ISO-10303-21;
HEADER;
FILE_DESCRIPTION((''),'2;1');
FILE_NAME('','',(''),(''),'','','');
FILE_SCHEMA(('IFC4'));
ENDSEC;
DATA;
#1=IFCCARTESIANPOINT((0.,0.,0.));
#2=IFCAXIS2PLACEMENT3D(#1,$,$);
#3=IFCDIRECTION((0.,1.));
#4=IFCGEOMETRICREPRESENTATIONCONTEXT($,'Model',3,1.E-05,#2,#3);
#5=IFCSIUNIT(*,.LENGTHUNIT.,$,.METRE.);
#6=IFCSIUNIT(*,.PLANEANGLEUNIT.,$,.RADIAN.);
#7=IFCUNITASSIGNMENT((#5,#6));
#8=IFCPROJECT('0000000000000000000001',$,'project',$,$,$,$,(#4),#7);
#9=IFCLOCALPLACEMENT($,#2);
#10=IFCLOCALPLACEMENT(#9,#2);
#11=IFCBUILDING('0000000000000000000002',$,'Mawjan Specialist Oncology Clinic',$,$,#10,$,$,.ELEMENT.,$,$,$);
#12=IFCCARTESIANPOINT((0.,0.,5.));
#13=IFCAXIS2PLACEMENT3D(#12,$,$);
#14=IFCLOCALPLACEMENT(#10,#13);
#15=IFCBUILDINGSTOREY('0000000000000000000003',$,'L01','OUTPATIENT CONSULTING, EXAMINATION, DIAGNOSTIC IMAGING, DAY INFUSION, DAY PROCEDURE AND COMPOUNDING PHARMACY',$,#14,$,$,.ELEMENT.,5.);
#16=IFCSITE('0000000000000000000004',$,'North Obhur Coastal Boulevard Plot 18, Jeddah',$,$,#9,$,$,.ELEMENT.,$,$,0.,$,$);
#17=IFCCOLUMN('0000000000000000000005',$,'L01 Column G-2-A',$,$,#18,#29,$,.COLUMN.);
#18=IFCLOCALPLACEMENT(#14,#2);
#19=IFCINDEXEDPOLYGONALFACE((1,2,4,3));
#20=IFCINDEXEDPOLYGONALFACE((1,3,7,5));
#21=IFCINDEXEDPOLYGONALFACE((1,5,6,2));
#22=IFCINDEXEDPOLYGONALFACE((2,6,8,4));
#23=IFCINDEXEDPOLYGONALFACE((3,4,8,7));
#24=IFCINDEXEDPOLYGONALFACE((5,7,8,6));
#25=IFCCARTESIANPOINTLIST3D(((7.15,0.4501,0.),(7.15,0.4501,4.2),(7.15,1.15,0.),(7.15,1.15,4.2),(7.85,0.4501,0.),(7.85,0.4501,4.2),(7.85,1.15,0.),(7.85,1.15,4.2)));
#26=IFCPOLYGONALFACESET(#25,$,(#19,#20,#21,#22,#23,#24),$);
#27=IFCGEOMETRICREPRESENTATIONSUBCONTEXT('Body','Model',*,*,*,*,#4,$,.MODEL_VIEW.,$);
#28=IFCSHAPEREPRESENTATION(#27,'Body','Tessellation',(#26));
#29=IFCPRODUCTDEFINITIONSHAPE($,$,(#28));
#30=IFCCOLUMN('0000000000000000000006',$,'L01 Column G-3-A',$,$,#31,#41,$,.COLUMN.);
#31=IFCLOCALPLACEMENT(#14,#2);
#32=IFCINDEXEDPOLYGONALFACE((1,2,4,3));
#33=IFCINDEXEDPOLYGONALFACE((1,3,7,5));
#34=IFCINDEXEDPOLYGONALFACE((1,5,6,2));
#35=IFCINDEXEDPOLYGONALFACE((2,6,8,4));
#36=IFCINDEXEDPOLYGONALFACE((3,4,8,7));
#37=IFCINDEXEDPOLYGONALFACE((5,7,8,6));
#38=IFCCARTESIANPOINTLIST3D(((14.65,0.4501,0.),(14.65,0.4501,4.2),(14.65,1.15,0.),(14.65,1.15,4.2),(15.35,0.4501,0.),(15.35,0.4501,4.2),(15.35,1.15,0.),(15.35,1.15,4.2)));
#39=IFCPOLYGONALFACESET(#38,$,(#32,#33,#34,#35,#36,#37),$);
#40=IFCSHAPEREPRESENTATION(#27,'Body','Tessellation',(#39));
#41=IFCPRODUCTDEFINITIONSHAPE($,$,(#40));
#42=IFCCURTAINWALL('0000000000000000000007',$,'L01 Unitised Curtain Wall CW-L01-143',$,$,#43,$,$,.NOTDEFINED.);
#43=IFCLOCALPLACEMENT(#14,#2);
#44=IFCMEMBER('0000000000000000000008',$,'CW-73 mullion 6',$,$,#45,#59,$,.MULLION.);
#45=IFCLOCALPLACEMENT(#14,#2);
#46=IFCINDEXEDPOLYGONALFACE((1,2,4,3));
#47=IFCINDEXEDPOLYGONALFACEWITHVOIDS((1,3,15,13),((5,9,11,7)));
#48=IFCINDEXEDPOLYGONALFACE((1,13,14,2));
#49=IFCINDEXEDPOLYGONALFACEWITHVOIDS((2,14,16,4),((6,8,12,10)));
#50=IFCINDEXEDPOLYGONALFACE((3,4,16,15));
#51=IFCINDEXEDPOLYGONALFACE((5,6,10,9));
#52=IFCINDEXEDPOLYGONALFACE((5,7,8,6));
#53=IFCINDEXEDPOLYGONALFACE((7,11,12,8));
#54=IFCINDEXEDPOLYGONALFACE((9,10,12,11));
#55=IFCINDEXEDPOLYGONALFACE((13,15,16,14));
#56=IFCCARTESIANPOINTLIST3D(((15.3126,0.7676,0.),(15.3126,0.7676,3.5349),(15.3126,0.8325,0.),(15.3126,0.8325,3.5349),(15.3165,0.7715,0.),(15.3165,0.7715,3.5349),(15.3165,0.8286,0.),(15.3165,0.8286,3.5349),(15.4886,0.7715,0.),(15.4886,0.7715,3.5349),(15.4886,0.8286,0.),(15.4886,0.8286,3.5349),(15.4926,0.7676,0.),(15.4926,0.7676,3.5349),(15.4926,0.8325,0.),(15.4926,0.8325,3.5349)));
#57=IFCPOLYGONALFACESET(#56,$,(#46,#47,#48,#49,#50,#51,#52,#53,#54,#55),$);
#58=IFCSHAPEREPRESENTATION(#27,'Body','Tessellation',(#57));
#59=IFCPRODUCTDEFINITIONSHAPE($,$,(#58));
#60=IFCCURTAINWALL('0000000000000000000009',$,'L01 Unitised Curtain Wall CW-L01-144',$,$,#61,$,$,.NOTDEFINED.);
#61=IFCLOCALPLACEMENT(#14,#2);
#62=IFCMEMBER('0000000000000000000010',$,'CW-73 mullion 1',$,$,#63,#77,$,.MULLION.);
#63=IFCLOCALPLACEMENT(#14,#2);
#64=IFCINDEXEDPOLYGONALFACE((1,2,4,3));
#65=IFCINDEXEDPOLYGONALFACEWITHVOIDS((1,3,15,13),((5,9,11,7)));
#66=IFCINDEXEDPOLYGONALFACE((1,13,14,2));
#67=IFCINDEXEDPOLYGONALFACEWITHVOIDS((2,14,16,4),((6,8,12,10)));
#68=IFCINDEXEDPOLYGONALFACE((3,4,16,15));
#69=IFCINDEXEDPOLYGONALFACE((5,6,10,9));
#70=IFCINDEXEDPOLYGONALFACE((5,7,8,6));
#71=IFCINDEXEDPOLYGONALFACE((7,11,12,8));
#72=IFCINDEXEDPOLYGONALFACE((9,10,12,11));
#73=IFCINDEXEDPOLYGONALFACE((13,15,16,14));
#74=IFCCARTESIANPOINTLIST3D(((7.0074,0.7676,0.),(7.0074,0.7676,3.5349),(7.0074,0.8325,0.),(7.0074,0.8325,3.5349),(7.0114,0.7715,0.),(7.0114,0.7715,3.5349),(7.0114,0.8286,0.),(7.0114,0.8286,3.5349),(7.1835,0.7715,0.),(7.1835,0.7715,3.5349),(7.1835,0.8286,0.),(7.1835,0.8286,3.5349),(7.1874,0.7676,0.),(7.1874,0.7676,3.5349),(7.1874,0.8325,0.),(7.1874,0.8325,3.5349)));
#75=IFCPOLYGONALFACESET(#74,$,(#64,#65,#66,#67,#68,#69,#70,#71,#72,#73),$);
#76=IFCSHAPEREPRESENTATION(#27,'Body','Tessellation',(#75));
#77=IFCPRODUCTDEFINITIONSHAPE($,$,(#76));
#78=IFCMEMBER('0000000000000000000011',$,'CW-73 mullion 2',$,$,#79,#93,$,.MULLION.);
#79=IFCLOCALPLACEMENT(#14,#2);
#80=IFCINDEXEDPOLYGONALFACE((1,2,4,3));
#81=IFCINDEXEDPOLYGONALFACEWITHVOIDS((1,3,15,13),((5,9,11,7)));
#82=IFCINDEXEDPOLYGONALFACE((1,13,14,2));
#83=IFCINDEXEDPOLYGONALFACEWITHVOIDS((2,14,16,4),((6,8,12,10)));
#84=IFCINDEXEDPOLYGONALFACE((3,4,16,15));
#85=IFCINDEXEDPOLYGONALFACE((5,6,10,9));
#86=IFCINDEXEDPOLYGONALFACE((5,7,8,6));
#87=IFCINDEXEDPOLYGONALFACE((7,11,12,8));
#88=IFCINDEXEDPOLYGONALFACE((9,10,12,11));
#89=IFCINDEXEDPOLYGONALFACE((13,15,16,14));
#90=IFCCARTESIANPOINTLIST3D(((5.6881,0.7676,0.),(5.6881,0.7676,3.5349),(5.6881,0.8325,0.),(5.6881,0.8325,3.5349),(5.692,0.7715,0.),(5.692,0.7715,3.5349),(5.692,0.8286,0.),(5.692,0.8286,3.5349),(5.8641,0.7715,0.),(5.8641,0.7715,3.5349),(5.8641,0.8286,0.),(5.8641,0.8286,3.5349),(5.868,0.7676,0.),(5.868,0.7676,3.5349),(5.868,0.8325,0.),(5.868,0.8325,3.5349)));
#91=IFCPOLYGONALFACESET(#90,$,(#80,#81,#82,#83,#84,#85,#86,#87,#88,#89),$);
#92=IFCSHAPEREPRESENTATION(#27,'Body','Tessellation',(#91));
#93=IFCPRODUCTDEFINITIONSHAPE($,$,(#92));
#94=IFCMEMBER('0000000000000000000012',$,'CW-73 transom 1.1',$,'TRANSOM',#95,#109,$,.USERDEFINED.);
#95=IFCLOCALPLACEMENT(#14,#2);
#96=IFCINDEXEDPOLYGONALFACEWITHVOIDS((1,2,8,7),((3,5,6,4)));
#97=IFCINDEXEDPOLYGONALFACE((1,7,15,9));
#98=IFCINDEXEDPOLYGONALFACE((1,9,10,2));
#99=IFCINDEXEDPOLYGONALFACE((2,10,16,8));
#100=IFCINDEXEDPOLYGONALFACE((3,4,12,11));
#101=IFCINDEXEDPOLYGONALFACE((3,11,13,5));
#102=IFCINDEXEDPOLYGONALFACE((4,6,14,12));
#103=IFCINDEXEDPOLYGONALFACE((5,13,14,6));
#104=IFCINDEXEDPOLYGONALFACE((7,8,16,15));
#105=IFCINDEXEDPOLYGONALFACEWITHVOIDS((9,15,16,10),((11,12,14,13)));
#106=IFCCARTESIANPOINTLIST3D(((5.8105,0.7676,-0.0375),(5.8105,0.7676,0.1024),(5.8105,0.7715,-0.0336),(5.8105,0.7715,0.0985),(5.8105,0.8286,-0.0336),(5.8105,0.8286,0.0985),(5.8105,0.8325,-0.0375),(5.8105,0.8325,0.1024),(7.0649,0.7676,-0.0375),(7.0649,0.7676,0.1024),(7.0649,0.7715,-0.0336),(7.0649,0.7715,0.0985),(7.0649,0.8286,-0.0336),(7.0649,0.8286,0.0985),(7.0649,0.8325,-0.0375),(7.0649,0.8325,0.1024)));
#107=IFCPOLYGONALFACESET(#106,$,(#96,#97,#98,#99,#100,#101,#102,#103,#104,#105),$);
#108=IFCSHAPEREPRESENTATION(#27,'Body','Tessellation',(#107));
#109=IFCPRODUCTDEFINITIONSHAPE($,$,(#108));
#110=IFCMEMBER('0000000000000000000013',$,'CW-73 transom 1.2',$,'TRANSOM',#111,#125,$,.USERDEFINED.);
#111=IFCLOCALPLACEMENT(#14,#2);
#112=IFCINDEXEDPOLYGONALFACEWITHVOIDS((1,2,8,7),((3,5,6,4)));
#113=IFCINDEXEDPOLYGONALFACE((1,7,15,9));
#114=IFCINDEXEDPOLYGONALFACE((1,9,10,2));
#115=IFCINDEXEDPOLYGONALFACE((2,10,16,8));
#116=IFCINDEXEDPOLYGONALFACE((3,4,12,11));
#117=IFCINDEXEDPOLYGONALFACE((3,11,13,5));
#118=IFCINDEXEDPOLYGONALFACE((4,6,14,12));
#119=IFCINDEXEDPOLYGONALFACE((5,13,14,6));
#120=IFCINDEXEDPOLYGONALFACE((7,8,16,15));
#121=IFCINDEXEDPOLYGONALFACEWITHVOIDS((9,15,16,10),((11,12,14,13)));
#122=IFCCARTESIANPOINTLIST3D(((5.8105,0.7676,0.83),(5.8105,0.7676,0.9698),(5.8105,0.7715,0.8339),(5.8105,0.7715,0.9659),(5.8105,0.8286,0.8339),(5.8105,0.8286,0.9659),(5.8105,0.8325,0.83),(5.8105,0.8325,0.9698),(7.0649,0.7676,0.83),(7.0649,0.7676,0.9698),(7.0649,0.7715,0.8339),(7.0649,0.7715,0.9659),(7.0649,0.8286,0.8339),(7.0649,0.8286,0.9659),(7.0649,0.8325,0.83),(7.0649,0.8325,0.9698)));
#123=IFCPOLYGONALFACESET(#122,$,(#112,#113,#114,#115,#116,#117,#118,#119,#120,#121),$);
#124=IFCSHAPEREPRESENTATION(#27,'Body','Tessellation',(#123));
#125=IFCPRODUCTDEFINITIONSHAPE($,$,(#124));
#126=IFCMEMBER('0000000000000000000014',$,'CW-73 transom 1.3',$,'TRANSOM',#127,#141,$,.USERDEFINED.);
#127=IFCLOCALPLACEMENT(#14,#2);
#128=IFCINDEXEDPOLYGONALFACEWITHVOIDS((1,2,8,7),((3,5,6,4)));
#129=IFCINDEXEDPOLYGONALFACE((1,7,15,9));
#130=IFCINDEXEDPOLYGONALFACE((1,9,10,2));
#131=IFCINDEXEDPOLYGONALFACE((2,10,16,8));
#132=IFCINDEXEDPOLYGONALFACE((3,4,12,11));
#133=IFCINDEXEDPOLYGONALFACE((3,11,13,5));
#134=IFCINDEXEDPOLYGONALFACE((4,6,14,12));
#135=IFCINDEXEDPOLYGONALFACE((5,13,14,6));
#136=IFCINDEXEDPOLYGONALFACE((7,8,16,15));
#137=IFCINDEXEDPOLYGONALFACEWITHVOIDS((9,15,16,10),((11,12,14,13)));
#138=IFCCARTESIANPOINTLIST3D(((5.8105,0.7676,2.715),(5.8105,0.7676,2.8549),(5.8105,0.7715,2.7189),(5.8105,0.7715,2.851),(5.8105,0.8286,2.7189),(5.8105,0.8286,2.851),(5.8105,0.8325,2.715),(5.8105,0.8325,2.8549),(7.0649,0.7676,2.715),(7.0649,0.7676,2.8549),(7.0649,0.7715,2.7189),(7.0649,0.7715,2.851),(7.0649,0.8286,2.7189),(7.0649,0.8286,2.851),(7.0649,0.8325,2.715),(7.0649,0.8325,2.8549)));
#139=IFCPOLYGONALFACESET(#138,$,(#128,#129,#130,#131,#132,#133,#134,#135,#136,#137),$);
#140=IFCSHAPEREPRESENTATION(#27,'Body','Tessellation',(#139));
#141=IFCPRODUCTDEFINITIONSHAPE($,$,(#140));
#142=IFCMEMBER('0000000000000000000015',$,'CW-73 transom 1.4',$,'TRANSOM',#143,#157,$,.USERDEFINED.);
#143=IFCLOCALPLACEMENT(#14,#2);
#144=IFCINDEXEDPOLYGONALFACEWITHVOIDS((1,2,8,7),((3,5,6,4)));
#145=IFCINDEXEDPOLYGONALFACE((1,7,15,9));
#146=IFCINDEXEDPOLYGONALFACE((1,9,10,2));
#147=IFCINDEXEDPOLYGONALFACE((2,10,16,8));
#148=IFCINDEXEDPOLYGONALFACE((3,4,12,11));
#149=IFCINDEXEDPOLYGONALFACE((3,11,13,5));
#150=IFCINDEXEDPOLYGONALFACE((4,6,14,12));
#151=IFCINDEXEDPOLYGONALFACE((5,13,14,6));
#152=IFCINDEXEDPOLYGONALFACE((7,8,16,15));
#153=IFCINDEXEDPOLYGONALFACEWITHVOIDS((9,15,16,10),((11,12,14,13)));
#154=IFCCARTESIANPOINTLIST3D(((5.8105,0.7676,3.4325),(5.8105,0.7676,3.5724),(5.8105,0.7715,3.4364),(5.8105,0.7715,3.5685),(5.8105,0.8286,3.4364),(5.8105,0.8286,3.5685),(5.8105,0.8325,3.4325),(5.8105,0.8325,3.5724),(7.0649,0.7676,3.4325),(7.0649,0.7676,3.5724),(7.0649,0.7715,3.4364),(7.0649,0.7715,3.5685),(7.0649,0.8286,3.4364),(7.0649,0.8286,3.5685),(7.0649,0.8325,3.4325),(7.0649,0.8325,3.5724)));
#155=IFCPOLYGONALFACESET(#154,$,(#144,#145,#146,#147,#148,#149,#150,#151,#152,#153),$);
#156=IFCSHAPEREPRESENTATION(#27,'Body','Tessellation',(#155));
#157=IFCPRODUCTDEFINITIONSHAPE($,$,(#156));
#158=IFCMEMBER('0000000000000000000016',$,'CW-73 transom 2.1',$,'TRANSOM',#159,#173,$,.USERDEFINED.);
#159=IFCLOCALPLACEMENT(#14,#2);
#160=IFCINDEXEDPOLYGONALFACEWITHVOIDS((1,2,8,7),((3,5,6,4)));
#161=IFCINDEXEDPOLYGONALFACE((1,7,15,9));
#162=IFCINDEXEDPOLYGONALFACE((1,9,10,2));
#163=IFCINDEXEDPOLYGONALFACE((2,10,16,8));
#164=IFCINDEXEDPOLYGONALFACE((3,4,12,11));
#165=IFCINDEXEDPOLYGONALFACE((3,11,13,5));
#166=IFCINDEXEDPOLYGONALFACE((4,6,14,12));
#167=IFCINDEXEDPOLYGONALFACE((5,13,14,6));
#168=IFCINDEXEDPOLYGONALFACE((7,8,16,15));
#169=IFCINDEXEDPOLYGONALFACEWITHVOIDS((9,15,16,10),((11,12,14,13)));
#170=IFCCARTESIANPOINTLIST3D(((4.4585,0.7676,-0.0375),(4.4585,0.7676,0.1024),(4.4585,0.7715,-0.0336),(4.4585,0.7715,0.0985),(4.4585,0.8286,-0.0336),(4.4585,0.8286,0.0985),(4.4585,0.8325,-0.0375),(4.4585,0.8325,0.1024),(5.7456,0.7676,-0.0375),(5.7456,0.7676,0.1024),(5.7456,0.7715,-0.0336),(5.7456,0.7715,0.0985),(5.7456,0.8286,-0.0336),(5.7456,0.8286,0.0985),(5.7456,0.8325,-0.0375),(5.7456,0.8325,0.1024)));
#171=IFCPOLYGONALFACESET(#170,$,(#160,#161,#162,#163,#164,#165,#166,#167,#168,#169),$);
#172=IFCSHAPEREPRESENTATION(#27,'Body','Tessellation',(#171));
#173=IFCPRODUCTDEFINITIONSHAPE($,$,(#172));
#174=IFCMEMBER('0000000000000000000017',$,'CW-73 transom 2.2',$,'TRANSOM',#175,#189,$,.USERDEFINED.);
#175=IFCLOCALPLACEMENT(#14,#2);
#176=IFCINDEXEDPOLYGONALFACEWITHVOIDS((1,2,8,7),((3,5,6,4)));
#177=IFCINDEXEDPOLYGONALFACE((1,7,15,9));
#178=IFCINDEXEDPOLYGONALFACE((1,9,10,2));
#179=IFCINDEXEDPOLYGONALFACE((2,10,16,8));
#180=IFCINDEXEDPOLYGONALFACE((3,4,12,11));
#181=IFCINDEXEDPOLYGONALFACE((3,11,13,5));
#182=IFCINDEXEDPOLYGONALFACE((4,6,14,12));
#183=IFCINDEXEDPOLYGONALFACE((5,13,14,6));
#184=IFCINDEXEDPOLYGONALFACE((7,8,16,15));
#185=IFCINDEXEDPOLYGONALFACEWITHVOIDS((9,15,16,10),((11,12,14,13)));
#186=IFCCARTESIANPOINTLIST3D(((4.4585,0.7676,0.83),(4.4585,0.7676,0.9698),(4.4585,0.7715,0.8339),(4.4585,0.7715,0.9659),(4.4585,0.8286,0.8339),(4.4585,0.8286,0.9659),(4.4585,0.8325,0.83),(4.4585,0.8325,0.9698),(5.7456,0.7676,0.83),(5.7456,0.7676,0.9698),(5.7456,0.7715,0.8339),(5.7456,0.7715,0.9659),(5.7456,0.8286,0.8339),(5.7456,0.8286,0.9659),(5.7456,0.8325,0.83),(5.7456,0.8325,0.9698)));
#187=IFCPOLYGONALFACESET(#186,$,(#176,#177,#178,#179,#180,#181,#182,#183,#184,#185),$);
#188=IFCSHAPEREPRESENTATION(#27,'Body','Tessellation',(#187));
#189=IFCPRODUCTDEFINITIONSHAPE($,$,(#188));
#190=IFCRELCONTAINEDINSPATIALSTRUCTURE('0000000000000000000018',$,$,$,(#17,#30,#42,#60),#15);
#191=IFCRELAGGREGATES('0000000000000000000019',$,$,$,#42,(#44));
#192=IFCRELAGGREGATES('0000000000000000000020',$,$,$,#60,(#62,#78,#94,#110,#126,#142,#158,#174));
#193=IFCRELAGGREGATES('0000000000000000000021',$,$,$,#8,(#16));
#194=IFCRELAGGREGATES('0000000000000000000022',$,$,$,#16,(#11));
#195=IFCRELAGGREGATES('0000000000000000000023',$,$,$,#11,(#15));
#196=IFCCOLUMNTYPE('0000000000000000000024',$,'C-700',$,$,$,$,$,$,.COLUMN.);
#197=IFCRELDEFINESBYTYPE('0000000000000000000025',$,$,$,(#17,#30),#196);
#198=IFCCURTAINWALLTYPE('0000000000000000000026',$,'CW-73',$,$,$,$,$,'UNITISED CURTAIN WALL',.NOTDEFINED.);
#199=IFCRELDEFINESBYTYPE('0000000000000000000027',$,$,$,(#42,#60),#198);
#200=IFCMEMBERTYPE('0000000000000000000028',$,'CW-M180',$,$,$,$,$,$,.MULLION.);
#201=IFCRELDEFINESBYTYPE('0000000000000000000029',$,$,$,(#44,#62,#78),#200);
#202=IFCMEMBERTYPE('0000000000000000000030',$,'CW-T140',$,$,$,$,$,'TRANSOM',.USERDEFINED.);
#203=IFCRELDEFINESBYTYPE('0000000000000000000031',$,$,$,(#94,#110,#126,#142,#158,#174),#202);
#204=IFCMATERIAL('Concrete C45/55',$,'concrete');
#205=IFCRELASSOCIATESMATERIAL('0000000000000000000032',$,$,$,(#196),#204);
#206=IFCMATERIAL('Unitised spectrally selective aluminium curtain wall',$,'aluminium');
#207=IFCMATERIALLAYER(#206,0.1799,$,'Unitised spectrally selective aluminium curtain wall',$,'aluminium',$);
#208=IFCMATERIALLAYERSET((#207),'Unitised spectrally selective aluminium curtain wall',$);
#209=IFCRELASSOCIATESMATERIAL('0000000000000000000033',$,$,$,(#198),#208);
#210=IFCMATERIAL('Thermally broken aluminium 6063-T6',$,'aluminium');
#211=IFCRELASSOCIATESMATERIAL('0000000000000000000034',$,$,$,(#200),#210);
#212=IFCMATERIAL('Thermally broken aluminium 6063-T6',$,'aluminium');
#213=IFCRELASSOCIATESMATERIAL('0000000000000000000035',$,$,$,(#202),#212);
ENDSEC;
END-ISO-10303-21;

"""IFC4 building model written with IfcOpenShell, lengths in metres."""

from ifc_helpers import new_model, si_unit, direction, frame, origin, origin_2d, place, context, subcontext, project, spatial, rectangle, hollow_rectangle, extrude, material, layer, layer_set, material_profile, profile_set, type_object, element, aggregate, save


model = new_model("IFC4")

# Units and contexts
model_context = context("Model", 3, precision=1e-05, world=origin(), true_north=direction((0.0, 1.0)))
body_context = subcontext(model_context, "Body", "Model", "MODEL_VIEW")
ifc_project = project(units=[si_unit("LENGTHUNIT", "METRE"), si_unit("PLANEANGLEUNIT", "RADIAN")], contexts=[model_context])

# Site, building, storey
site_placement = place(None, origin())
site = spatial("IfcSite", under=ifc_project, at=site_placement, Name="North Obhur Coastal Boulevard Plot 18, Jeddah", CompositionType="ELEMENT", RefElevation=0.0)
building_placement = place(site_placement, origin())
building = spatial("IfcBuilding", under=site, at=building_placement, Name="Mawjan Specialist Oncology Clinic", CompositionType="ELEMENT")
storey_placement = place(building_placement, frame((0.0, 0.0, 5.0)))
storey = spatial("IfcBuildingStorey", under=building, at=storey_placement, Name="L01", Description="OUTPATIENT CONSULTING, EXAMINATION, DIAGNOSTIC IMAGING, DAY INFUSION, DAY PROCEDURE AND COMPOUNDING PHARMACY", CompositionType="ELEMENT", Elevation=5.0)

# Columns
ifc_material_1 = material(Name="Concrete C45/55", Category="concrete")
ifc_material_profile_1 = material_profile(ifc_material_1, rectangle(XDim=0.7, YDim=0.7, at=origin_2d()), Name="RC COL 700x700", Category="concrete")
ifc_profile_set_1 = profile_set([ifc_material_profile_1], Name="Concrete C45/55")
column_type = type_object("IfcColumnType", Name="C-700", PredefinedType="COLUMN", material=ifc_profile_set_1)
for number, where, z_axis, x_axis, name in (
    (1, (7.5, 0.8, 0.0), (0.0, 0.0, 1.0), (1.0, 0.0, 0.0), "L01 Column G-2-A"),
    (2, (15.0, 0.8, 0.0), (0.0, 0.0, 1.0), (1.0, 0.0, 0.0), "L01 Column G-3-A"),
):
    element("IfcColumn", number, at=place(storey_placement, frame(where, z_axis=z_axis, x_axis=x_axis)), inside=storey, type_object=column_type, Name=name, PredefinedType="COLUMN", context=body_context, shape_type="SweptSolid", body=[
        extrude(rectangle(XDim=0.7, YDim=0.7, at=origin_2d()), origin(), (0.0, 0.0, 1.0), 4.2),
    ])

# Curtain wall, member
ifc_material_2 = material(Name="Unitised spectrally selective aluminium curtain wall", Category="aluminium")
ifc_layer_1 = layer(ifc_material_2, 0.1799, Name="Unitised spectrally selective aluminium curtain wall", Category="aluminium")
ifc_layer_set_1 = layer_set([ifc_layer_1], Name="Unitised spectrally selective aluminium curtain wall")
curtain_wall_type = type_object("IfcCurtainWallType", Name="CW-73", ElementType="UNITISED CURTAIN WALL", PredefinedType="NOTDEFINED", material=ifc_layer_set_1)
curtain_wall_1_placement = place(storey_placement, origin())
curtain_wall_1 = element("IfcCurtainWall", 3, at=curtain_wall_1_placement, inside=storey, type_object=curtain_wall_type, Name="L01 Unitised Curtain Wall CW-L01-143", PredefinedType="NOTDEFINED")
ifc_material_3 = material(Name="Thermally broken aluminium 6063-T6", Category="aluminium")
ifc_material_profile_2 = material_profile(ifc_material_3, hollow_rectangle(XDim=0.0649, YDim=0.1799, WallThickness=0.0039, at=origin_2d()), Name="ALU MULLION 180x65x4", Category="aluminium")
ifc_profile_set_2 = profile_set([ifc_material_profile_2], Name="Thermally broken aluminium 6063-T6")
member_type_1 = type_object("IfcMemberType", Name="CW-M180", PredefinedType="MULLION", material=ifc_profile_set_2)
member_1_placement = place(storey_placement, frame((15.4026, 0.8, 0.0), z_axis=(0.0, 0.0, 1.0), x_axis=(0.0, -1.0, 0.0)))
member_1 = element("IfcMember", 4, at=member_1_placement, type_object=member_type_1, Name="CW-73 mullion 6", PredefinedType="MULLION", context=body_context, shape_type="SweptSolid", body=[
    extrude(hollow_rectangle(XDim=0.0649, YDim=0.1799, WallThickness=0.0039, at=origin_2d()), origin(), (0.0, 0.0, 1.0), 3.5349),
])

# Curtain wall, members
curtain_wall_2_placement = place(storey_placement, origin())
curtain_wall_2 = element("IfcCurtainWall", 5, at=curtain_wall_2_placement, inside=storey, type_object=curtain_wall_type, Name="L01 Unitised Curtain Wall CW-L01-144", PredefinedType="NOTDEFINED")
member_2_placement = place(storey_placement, frame((7.0974, 0.8, 0.0), z_axis=(0.0, 0.0, 1.0), x_axis=(0.0, -1.0, 0.0)))
member_2 = element("IfcMember", 6, at=member_2_placement, type_object=member_type_1, Name="CW-73 mullion 1", PredefinedType="MULLION", context=body_context, shape_type="SweptSolid", body=[
    extrude(hollow_rectangle(XDim=0.0649, YDim=0.1799, WallThickness=0.0039, at=origin_2d()), origin(), (0.0, 0.0, 1.0), 3.5349),
])
member_3_placement = place(storey_placement, frame((5.7781, 0.8, 0.0), z_axis=(0.0, 0.0, 1.0), x_axis=(0.0, -1.0, 0.0)))
member_3 = element("IfcMember", 7, at=member_3_placement, type_object=member_type_1, Name="CW-73 mullion 2", PredefinedType="MULLION", context=body_context, shape_type="SweptSolid", body=[
    extrude(hollow_rectangle(XDim=0.0649, YDim=0.1799, WallThickness=0.0039, at=origin_2d()), origin(), (0.0, 0.0, 1.0), 3.5349),
])
ifc_material_4 = material(Name="Thermally broken aluminium 6063-T6", Category="aluminium")
ifc_material_profile_3 = material_profile(ifc_material_4, hollow_rectangle(XDim=0.0649, YDim=0.1399, WallThickness=0.0039, at=origin_2d()), Name="ALU TRANSOM 140x65x4", Category="aluminium")
ifc_profile_set_3 = profile_set([ifc_material_profile_3], Name="Thermally broken aluminium 6063-T6")
member_type_2 = type_object("IfcMemberType", Name="CW-T140", ElementType="TRANSOM", PredefinedType="USERDEFINED", material=ifc_profile_set_3)
member_4_placement = place(storey_placement, frame((7.0649, 0.8, 0.0325), z_axis=(-1.0, 0.0, 0.0), x_axis=(0.0, -1.0, 0.0)))
member_4 = element("IfcMember", 8, at=member_4_placement, type_object=member_type_2, Name="CW-73 transom 1.1", ObjectType="TRANSOM", PredefinedType="USERDEFINED", context=body_context, shape_type="SweptSolid", body=[
    extrude(hollow_rectangle(XDim=0.0649, YDim=0.1399, WallThickness=0.0039, at=origin_2d()), origin(), (0.0, 0.0, 1.0), 1.2544),
])
member_5_placement = place(storey_placement, frame((7.0649, 0.8, 0.8999), z_axis=(-1.0, 0.0, 0.0), x_axis=(0.0, -1.0, 0.0)))
member_5 = element("IfcMember", 9, at=member_5_placement, type_object=member_type_2, Name="CW-73 transom 1.2", ObjectType="TRANSOM", PredefinedType="USERDEFINED", context=body_context, shape_type="SweptSolid", body=[
    extrude(hollow_rectangle(XDim=0.0649, YDim=0.1399, WallThickness=0.0039, at=origin_2d()), origin(), (0.0, 0.0, 1.0), 1.2544),
])
member_6_placement = place(storey_placement, frame((7.0649, 0.8, 2.7849), z_axis=(-1.0, 0.0, 0.0), x_axis=(0.0, -1.0, 0.0)))
member_6 = element("IfcMember", 10, at=member_6_placement, type_object=member_type_2, Name="CW-73 transom 1.3", ObjectType="TRANSOM", PredefinedType="USERDEFINED", context=body_context, shape_type="SweptSolid", body=[
    extrude(hollow_rectangle(XDim=0.0649, YDim=0.1399, WallThickness=0.0039, at=origin_2d()), origin(), (0.0, 0.0, 1.0), 1.2544),
])
member_7_placement = place(storey_placement, frame((7.0649, 0.8, 3.5024), z_axis=(-1.0, 0.0, 0.0), x_axis=(0.0, -1.0, 0.0)))
member_7 = element("IfcMember", 11, at=member_7_placement, type_object=member_type_2, Name="CW-73 transom 1.4", ObjectType="TRANSOM", PredefinedType="USERDEFINED", context=body_context, shape_type="SweptSolid", body=[
    extrude(hollow_rectangle(XDim=0.0649, YDim=0.1399, WallThickness=0.0039, at=origin_2d()), origin(), (0.0, 0.0, 1.0), 1.2544),
])
member_8_placement = place(storey_placement, frame((5.7456, 0.8, 0.0325), z_axis=(-1.0, 0.0, 0.0), x_axis=(0.0, -1.0, 0.0)))
member_8 = element("IfcMember", 12, at=member_8_placement, type_object=member_type_2, Name="CW-73 transom 2.1", ObjectType="TRANSOM", PredefinedType="USERDEFINED", context=body_context, shape_type="SweptSolid", body=[
    extrude(hollow_rectangle(XDim=0.0649, YDim=0.1399, WallThickness=0.0039, at=origin_2d()), origin(), (0.0, 0.0, 1.0), 1.2871),
])
member_9_placement = place(storey_placement, frame((5.7456, 0.8, 0.8999), z_axis=(-1.0, 0.0, 0.0), x_axis=(0.0, -1.0, 0.0)))
member_9 = element("IfcMember", 13, at=member_9_placement, type_object=member_type_2, Name="CW-73 transom 2.2", ObjectType="TRANSOM", PredefinedType="USERDEFINED", context=body_context, shape_type="SweptSolid", body=[
    extrude(hollow_rectangle(XDim=0.0649, YDim=0.1399, WallThickness=0.0039, at=origin_2d()), origin(), (0.0, 0.0, 1.0), 1.2871),
])

aggregate(curtain_wall_1, [member_1])
aggregate(curtain_wall_2, [member_2, member_3, member_4, member_5, member_6, member_7, member_8, member_9])

save(model, "model.ifc")
